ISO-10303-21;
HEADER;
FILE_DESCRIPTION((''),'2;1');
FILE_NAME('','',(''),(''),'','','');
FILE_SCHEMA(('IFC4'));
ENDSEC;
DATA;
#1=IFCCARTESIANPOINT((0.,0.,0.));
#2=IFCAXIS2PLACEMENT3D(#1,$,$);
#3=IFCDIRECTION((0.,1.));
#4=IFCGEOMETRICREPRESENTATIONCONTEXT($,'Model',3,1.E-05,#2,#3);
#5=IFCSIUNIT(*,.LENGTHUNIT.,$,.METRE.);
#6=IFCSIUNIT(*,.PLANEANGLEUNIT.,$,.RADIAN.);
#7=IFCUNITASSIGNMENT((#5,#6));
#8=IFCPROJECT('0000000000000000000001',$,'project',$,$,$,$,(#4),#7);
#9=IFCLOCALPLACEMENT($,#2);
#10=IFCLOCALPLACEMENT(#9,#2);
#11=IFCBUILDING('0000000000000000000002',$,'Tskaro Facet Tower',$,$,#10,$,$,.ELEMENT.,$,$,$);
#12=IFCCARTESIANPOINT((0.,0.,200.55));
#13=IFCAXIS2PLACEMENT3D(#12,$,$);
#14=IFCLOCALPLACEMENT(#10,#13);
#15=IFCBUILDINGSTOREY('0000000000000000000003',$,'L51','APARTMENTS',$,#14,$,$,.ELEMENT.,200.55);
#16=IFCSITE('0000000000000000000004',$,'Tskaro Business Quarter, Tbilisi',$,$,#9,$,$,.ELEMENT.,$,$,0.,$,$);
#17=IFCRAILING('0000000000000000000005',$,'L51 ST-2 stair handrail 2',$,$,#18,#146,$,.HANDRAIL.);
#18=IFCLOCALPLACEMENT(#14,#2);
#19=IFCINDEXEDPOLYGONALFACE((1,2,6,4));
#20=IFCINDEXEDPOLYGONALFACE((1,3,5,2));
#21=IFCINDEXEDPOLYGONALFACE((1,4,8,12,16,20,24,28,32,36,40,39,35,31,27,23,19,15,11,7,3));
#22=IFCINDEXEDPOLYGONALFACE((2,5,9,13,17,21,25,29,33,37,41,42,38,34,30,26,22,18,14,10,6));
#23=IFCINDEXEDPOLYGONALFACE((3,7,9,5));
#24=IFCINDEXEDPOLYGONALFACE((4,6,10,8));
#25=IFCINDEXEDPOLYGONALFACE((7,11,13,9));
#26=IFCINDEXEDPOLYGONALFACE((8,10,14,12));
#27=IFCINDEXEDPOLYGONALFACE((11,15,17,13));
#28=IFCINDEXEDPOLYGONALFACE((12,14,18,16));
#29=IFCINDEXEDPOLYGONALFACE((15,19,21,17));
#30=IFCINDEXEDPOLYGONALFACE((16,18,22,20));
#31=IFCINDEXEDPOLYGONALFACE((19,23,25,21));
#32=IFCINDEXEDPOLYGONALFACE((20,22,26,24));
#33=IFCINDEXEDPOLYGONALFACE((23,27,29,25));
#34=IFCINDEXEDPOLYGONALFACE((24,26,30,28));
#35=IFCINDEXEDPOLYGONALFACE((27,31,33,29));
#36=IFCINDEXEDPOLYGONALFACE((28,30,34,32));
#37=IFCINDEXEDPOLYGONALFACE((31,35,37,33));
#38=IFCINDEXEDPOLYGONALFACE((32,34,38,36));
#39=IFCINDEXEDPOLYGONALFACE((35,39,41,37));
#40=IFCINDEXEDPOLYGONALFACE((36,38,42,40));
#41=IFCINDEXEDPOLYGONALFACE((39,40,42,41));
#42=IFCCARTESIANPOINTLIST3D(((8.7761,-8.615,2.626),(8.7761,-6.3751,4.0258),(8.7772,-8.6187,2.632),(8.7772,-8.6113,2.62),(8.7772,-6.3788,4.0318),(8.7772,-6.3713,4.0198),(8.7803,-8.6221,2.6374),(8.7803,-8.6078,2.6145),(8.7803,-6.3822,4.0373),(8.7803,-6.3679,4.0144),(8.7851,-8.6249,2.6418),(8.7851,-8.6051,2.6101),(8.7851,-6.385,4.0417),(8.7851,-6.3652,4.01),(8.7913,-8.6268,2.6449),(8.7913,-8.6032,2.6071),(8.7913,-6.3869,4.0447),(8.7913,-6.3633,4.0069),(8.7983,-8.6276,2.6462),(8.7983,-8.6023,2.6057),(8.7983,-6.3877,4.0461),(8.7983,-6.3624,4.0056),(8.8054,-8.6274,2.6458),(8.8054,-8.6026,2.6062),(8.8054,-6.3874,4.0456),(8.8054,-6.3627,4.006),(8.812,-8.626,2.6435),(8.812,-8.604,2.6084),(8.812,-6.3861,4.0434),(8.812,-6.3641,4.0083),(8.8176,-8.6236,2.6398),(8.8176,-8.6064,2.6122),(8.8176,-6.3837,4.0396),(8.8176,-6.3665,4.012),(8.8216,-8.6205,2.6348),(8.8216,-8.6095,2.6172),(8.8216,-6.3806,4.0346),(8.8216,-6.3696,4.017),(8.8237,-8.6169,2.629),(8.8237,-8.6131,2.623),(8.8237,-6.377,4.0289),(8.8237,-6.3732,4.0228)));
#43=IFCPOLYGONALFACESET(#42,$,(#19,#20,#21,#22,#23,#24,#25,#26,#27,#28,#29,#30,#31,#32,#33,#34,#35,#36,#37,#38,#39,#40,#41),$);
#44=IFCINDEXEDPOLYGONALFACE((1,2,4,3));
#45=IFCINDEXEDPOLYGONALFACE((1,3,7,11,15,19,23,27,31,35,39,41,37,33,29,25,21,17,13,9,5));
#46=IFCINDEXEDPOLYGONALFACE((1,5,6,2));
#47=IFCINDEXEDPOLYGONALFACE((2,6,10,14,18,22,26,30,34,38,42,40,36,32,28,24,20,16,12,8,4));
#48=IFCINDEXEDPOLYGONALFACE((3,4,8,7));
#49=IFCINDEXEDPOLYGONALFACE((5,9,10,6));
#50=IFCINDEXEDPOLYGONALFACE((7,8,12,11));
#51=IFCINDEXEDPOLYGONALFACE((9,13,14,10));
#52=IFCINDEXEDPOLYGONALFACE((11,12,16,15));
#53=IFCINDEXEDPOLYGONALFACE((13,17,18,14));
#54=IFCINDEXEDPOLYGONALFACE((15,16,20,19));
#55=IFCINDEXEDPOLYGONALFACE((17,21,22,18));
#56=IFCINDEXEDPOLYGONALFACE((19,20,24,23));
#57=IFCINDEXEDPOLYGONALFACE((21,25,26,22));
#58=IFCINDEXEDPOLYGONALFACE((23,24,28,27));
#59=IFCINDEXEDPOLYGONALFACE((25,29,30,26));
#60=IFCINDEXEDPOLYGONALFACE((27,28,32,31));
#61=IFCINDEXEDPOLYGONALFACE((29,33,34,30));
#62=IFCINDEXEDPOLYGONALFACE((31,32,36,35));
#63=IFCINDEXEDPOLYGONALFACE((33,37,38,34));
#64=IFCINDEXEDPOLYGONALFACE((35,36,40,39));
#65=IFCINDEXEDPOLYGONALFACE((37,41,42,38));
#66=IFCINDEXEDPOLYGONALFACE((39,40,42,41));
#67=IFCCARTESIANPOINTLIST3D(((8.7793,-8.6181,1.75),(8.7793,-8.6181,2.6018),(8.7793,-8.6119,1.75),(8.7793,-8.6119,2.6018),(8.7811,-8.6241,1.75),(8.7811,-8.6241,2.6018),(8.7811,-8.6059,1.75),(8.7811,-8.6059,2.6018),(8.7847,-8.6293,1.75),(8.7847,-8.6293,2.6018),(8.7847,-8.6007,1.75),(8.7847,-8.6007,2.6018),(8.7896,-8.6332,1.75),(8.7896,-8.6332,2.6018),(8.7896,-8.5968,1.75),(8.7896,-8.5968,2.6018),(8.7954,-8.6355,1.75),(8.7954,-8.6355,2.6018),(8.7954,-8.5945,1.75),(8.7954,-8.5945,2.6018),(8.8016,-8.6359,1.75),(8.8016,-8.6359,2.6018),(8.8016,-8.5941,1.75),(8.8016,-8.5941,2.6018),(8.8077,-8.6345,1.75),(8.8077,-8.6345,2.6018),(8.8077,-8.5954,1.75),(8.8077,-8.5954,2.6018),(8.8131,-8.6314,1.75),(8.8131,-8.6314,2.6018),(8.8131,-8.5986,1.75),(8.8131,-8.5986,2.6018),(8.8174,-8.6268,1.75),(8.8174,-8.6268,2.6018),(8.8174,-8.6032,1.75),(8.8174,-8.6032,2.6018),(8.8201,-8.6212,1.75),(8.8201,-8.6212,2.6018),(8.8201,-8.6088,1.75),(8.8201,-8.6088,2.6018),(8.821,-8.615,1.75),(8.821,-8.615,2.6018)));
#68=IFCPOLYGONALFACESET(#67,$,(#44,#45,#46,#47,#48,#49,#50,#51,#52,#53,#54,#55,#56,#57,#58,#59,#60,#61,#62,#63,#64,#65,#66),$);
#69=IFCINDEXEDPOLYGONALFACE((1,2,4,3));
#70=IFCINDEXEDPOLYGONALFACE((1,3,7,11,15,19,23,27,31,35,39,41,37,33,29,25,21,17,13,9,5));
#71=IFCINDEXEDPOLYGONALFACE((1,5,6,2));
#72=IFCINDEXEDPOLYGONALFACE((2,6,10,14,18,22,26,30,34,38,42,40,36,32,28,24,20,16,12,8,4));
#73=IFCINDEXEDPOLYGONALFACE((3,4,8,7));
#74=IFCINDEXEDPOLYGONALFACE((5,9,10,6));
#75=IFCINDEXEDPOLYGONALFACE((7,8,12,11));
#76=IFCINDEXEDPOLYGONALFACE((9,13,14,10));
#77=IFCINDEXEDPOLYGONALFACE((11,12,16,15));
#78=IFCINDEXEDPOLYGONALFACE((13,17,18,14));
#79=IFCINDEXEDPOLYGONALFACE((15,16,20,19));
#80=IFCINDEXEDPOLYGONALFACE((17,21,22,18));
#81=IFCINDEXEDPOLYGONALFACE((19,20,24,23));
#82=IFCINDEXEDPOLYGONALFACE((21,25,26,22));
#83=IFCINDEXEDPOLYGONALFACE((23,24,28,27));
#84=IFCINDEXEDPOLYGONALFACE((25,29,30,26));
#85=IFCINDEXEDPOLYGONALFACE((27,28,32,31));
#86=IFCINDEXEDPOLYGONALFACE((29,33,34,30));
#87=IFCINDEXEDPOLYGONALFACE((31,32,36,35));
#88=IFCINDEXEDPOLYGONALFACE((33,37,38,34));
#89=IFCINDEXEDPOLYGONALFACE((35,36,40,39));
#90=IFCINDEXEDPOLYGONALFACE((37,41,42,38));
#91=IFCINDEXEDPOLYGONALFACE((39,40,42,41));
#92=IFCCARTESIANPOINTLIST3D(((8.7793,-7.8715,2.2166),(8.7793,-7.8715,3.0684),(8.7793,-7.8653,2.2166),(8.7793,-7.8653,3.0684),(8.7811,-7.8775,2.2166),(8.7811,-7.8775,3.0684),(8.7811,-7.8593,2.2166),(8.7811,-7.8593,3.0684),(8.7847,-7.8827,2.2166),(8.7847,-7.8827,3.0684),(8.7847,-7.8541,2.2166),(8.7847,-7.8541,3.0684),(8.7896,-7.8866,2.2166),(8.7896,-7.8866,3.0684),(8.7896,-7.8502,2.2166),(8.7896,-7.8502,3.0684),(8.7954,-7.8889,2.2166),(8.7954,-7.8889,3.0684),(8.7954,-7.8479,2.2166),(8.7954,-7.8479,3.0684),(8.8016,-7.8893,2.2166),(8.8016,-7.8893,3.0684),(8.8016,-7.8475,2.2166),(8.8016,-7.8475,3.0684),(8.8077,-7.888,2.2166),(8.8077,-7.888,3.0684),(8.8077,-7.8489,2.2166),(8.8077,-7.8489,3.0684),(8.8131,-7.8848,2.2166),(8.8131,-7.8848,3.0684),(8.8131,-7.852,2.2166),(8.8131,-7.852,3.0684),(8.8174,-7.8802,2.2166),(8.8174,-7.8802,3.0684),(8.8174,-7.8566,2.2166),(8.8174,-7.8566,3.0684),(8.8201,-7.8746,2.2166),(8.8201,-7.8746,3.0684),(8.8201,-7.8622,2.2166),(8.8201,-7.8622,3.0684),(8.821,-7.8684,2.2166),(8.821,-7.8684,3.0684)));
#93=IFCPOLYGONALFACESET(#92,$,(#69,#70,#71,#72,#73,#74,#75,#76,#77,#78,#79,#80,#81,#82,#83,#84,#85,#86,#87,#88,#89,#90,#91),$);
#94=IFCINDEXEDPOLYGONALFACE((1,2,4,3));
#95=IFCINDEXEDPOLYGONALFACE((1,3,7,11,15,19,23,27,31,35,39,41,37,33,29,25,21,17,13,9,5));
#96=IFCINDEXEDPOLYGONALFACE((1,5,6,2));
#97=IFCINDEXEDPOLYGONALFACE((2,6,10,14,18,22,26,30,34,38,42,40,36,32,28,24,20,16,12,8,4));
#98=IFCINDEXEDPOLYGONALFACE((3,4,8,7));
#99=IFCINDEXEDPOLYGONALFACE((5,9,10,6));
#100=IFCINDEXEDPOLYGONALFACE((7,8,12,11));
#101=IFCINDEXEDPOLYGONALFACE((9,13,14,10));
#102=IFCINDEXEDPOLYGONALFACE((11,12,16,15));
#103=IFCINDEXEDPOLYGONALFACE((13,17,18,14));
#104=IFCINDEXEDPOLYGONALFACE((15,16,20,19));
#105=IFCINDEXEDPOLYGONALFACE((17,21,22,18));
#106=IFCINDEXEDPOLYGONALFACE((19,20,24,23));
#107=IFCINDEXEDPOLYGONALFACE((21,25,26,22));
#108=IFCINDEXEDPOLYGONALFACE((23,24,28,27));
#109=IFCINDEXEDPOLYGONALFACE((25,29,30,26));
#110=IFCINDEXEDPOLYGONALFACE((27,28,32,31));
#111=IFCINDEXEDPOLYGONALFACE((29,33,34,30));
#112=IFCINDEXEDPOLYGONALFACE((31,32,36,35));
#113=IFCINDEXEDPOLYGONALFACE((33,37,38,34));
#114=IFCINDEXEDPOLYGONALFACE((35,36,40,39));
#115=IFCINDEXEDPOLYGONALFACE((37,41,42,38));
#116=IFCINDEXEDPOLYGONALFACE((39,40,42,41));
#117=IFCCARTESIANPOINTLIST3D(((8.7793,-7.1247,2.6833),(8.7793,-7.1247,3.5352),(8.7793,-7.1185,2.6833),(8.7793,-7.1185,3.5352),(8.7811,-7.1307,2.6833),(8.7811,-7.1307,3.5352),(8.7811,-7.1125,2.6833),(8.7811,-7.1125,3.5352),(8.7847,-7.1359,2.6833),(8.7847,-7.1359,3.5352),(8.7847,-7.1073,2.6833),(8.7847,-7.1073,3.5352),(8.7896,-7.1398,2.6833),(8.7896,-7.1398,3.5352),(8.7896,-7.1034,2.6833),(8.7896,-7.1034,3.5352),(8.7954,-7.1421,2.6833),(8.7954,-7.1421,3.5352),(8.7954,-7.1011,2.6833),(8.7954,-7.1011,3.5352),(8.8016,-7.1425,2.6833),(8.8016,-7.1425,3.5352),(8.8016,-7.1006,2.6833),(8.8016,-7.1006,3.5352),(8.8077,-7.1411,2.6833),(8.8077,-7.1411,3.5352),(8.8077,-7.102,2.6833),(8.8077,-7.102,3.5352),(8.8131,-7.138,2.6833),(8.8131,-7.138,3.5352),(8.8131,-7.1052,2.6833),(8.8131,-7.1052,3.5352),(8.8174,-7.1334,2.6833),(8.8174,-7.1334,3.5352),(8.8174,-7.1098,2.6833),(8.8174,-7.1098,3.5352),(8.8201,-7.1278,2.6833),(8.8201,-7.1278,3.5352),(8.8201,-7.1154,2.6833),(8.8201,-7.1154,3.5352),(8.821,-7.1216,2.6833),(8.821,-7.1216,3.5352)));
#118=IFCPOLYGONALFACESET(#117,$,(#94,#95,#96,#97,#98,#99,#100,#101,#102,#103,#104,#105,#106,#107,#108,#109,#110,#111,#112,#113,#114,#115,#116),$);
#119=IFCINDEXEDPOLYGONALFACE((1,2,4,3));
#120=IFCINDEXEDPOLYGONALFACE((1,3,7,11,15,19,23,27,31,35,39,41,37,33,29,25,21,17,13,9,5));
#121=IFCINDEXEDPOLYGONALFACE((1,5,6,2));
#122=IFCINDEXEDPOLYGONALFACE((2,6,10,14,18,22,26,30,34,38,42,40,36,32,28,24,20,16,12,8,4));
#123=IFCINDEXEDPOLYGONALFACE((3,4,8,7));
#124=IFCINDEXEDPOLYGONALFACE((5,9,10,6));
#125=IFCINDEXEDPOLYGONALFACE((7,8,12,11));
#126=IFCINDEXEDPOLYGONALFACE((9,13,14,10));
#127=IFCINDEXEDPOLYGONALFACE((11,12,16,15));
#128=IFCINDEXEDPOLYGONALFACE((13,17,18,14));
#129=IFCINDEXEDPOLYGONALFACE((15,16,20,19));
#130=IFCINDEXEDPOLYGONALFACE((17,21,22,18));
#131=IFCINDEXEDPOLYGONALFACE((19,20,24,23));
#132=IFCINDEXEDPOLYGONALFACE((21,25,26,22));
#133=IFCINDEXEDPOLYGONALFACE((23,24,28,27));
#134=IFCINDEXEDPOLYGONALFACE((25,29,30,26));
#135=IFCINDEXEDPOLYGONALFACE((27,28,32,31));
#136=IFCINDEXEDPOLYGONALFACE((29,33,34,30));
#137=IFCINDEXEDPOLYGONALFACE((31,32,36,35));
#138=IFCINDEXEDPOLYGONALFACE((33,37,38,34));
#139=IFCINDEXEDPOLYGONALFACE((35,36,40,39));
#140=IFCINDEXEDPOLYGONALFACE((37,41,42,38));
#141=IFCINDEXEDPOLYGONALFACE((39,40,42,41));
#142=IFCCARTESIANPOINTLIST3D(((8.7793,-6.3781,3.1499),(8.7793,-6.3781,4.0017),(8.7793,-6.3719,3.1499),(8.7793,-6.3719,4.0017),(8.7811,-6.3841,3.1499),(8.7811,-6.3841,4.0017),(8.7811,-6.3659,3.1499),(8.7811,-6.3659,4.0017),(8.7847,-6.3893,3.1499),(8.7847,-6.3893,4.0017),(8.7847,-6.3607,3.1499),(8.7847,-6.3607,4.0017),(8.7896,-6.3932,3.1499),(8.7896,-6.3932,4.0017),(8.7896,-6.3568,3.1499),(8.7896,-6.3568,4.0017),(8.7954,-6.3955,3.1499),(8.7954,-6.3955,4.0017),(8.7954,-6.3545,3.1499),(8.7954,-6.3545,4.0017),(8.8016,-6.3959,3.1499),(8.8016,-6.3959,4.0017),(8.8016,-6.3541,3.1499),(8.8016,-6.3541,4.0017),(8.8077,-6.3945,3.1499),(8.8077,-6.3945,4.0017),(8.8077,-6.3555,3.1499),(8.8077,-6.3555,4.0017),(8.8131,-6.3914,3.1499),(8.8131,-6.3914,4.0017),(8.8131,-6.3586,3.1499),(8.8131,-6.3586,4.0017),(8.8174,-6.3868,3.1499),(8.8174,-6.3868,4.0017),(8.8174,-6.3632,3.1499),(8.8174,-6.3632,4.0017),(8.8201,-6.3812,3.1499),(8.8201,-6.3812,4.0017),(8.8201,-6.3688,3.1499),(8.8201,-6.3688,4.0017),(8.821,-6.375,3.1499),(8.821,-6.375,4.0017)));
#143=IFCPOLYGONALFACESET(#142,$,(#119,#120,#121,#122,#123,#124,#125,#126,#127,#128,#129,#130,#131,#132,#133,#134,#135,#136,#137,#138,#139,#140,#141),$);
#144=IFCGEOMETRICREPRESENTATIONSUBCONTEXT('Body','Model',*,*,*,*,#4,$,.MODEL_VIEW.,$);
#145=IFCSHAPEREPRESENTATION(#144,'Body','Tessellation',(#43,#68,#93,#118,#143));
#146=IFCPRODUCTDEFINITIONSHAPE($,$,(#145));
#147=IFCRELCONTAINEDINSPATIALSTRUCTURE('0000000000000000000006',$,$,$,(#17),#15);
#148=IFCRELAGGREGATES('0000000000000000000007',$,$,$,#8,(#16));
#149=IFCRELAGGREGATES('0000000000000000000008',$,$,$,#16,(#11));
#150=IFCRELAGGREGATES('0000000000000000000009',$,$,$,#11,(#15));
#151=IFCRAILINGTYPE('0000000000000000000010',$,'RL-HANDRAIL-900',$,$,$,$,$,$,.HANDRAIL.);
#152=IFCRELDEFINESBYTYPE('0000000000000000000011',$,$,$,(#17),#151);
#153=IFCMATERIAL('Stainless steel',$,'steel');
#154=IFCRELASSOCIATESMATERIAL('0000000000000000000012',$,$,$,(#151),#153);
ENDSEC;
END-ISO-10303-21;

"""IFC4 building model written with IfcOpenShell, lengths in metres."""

from ifc_helpers import new_model, si_unit, direction, frame, origin, origin_2d, place, context, subcontext, project, spatial, circle, extrude, material, type_object, element, save


model = new_model("IFC4")

# Units and contexts
model_context = context("Model", 3, precision=1e-05, world=origin(), true_north=direction((0.0, 1.0)))
body_context = subcontext(model_context, "Body", "Model", "MODEL_VIEW")
ifc_project = project(units=[si_unit("LENGTHUNIT", "METRE"), si_unit("PLANEANGLEUNIT", "RADIAN")], contexts=[model_context])

# Site, building, storey
site_placement = place(None, origin())
site = spatial("IfcSite", under=ifc_project, at=site_placement, Name="Tskaro Business Quarter, Tbilisi", CompositionType="ELEMENT", RefElevation=0.0)
building_placement = place(site_placement, origin())
building = spatial("IfcBuilding", under=site, at=building_placement, Name="Tskaro Facet Tower", CompositionType="ELEMENT")
storey_placement = place(building_placement, frame((0.0, 0.0, 200.55)))
storey = spatial("IfcBuildingStorey", under=building, at=storey_placement, Name="L51", Description="APARTMENTS", CompositionType="ELEMENT", Elevation=200.55)

# Railing
ifc_material_1 = material(Name="Stainless steel", Category="steel")
railing_type = type_object("IfcRailingType", Name="RL-HANDRAIL-900", PredefinedType="HANDRAIL", material=ifc_material_1)
railing_placement = place(storey_placement, frame((8.8, -8.615, 1.75)))
element("IfcRailing", 1, at=railing_placement, inside=storey, type_object=railing_type, Name="L51 ST-2 stair handrail 2", PredefinedType="HANDRAIL", context=body_context, shape_type="SweptSolid", body=[
    extrude(circle(Radius=0.0239, at=origin_2d()), frame((0.0, 0.0, 0.876), z_axis=(0.0, 0.848014, 0.529974), x_axis=(-1.0, 0.0, 0.0)), (0.0, 0.0, 1.0), 2.6414),
    extrude(circle(Radius=0.021, at=origin_2d()), origin(), (0.0, 0.0, 1.0), 0.8518),
    extrude(circle(Radius=0.021, at=origin_2d()), frame((0.0, 0.7466, 0.4666)), (0.0, 0.0, 1.0), 0.8518),
    extrude(circle(Radius=0.021, at=origin_2d()), frame((0.0, 1.4934, 0.9333)), (0.0, 0.0, 1.0), 0.8518),
    extrude(circle(Radius=0.021, at=origin_2d()), frame((0.0, 2.24, 1.3999)), (0.0, 0.0, 1.0), 0.8518),
])

save(model, "model.ifc")
